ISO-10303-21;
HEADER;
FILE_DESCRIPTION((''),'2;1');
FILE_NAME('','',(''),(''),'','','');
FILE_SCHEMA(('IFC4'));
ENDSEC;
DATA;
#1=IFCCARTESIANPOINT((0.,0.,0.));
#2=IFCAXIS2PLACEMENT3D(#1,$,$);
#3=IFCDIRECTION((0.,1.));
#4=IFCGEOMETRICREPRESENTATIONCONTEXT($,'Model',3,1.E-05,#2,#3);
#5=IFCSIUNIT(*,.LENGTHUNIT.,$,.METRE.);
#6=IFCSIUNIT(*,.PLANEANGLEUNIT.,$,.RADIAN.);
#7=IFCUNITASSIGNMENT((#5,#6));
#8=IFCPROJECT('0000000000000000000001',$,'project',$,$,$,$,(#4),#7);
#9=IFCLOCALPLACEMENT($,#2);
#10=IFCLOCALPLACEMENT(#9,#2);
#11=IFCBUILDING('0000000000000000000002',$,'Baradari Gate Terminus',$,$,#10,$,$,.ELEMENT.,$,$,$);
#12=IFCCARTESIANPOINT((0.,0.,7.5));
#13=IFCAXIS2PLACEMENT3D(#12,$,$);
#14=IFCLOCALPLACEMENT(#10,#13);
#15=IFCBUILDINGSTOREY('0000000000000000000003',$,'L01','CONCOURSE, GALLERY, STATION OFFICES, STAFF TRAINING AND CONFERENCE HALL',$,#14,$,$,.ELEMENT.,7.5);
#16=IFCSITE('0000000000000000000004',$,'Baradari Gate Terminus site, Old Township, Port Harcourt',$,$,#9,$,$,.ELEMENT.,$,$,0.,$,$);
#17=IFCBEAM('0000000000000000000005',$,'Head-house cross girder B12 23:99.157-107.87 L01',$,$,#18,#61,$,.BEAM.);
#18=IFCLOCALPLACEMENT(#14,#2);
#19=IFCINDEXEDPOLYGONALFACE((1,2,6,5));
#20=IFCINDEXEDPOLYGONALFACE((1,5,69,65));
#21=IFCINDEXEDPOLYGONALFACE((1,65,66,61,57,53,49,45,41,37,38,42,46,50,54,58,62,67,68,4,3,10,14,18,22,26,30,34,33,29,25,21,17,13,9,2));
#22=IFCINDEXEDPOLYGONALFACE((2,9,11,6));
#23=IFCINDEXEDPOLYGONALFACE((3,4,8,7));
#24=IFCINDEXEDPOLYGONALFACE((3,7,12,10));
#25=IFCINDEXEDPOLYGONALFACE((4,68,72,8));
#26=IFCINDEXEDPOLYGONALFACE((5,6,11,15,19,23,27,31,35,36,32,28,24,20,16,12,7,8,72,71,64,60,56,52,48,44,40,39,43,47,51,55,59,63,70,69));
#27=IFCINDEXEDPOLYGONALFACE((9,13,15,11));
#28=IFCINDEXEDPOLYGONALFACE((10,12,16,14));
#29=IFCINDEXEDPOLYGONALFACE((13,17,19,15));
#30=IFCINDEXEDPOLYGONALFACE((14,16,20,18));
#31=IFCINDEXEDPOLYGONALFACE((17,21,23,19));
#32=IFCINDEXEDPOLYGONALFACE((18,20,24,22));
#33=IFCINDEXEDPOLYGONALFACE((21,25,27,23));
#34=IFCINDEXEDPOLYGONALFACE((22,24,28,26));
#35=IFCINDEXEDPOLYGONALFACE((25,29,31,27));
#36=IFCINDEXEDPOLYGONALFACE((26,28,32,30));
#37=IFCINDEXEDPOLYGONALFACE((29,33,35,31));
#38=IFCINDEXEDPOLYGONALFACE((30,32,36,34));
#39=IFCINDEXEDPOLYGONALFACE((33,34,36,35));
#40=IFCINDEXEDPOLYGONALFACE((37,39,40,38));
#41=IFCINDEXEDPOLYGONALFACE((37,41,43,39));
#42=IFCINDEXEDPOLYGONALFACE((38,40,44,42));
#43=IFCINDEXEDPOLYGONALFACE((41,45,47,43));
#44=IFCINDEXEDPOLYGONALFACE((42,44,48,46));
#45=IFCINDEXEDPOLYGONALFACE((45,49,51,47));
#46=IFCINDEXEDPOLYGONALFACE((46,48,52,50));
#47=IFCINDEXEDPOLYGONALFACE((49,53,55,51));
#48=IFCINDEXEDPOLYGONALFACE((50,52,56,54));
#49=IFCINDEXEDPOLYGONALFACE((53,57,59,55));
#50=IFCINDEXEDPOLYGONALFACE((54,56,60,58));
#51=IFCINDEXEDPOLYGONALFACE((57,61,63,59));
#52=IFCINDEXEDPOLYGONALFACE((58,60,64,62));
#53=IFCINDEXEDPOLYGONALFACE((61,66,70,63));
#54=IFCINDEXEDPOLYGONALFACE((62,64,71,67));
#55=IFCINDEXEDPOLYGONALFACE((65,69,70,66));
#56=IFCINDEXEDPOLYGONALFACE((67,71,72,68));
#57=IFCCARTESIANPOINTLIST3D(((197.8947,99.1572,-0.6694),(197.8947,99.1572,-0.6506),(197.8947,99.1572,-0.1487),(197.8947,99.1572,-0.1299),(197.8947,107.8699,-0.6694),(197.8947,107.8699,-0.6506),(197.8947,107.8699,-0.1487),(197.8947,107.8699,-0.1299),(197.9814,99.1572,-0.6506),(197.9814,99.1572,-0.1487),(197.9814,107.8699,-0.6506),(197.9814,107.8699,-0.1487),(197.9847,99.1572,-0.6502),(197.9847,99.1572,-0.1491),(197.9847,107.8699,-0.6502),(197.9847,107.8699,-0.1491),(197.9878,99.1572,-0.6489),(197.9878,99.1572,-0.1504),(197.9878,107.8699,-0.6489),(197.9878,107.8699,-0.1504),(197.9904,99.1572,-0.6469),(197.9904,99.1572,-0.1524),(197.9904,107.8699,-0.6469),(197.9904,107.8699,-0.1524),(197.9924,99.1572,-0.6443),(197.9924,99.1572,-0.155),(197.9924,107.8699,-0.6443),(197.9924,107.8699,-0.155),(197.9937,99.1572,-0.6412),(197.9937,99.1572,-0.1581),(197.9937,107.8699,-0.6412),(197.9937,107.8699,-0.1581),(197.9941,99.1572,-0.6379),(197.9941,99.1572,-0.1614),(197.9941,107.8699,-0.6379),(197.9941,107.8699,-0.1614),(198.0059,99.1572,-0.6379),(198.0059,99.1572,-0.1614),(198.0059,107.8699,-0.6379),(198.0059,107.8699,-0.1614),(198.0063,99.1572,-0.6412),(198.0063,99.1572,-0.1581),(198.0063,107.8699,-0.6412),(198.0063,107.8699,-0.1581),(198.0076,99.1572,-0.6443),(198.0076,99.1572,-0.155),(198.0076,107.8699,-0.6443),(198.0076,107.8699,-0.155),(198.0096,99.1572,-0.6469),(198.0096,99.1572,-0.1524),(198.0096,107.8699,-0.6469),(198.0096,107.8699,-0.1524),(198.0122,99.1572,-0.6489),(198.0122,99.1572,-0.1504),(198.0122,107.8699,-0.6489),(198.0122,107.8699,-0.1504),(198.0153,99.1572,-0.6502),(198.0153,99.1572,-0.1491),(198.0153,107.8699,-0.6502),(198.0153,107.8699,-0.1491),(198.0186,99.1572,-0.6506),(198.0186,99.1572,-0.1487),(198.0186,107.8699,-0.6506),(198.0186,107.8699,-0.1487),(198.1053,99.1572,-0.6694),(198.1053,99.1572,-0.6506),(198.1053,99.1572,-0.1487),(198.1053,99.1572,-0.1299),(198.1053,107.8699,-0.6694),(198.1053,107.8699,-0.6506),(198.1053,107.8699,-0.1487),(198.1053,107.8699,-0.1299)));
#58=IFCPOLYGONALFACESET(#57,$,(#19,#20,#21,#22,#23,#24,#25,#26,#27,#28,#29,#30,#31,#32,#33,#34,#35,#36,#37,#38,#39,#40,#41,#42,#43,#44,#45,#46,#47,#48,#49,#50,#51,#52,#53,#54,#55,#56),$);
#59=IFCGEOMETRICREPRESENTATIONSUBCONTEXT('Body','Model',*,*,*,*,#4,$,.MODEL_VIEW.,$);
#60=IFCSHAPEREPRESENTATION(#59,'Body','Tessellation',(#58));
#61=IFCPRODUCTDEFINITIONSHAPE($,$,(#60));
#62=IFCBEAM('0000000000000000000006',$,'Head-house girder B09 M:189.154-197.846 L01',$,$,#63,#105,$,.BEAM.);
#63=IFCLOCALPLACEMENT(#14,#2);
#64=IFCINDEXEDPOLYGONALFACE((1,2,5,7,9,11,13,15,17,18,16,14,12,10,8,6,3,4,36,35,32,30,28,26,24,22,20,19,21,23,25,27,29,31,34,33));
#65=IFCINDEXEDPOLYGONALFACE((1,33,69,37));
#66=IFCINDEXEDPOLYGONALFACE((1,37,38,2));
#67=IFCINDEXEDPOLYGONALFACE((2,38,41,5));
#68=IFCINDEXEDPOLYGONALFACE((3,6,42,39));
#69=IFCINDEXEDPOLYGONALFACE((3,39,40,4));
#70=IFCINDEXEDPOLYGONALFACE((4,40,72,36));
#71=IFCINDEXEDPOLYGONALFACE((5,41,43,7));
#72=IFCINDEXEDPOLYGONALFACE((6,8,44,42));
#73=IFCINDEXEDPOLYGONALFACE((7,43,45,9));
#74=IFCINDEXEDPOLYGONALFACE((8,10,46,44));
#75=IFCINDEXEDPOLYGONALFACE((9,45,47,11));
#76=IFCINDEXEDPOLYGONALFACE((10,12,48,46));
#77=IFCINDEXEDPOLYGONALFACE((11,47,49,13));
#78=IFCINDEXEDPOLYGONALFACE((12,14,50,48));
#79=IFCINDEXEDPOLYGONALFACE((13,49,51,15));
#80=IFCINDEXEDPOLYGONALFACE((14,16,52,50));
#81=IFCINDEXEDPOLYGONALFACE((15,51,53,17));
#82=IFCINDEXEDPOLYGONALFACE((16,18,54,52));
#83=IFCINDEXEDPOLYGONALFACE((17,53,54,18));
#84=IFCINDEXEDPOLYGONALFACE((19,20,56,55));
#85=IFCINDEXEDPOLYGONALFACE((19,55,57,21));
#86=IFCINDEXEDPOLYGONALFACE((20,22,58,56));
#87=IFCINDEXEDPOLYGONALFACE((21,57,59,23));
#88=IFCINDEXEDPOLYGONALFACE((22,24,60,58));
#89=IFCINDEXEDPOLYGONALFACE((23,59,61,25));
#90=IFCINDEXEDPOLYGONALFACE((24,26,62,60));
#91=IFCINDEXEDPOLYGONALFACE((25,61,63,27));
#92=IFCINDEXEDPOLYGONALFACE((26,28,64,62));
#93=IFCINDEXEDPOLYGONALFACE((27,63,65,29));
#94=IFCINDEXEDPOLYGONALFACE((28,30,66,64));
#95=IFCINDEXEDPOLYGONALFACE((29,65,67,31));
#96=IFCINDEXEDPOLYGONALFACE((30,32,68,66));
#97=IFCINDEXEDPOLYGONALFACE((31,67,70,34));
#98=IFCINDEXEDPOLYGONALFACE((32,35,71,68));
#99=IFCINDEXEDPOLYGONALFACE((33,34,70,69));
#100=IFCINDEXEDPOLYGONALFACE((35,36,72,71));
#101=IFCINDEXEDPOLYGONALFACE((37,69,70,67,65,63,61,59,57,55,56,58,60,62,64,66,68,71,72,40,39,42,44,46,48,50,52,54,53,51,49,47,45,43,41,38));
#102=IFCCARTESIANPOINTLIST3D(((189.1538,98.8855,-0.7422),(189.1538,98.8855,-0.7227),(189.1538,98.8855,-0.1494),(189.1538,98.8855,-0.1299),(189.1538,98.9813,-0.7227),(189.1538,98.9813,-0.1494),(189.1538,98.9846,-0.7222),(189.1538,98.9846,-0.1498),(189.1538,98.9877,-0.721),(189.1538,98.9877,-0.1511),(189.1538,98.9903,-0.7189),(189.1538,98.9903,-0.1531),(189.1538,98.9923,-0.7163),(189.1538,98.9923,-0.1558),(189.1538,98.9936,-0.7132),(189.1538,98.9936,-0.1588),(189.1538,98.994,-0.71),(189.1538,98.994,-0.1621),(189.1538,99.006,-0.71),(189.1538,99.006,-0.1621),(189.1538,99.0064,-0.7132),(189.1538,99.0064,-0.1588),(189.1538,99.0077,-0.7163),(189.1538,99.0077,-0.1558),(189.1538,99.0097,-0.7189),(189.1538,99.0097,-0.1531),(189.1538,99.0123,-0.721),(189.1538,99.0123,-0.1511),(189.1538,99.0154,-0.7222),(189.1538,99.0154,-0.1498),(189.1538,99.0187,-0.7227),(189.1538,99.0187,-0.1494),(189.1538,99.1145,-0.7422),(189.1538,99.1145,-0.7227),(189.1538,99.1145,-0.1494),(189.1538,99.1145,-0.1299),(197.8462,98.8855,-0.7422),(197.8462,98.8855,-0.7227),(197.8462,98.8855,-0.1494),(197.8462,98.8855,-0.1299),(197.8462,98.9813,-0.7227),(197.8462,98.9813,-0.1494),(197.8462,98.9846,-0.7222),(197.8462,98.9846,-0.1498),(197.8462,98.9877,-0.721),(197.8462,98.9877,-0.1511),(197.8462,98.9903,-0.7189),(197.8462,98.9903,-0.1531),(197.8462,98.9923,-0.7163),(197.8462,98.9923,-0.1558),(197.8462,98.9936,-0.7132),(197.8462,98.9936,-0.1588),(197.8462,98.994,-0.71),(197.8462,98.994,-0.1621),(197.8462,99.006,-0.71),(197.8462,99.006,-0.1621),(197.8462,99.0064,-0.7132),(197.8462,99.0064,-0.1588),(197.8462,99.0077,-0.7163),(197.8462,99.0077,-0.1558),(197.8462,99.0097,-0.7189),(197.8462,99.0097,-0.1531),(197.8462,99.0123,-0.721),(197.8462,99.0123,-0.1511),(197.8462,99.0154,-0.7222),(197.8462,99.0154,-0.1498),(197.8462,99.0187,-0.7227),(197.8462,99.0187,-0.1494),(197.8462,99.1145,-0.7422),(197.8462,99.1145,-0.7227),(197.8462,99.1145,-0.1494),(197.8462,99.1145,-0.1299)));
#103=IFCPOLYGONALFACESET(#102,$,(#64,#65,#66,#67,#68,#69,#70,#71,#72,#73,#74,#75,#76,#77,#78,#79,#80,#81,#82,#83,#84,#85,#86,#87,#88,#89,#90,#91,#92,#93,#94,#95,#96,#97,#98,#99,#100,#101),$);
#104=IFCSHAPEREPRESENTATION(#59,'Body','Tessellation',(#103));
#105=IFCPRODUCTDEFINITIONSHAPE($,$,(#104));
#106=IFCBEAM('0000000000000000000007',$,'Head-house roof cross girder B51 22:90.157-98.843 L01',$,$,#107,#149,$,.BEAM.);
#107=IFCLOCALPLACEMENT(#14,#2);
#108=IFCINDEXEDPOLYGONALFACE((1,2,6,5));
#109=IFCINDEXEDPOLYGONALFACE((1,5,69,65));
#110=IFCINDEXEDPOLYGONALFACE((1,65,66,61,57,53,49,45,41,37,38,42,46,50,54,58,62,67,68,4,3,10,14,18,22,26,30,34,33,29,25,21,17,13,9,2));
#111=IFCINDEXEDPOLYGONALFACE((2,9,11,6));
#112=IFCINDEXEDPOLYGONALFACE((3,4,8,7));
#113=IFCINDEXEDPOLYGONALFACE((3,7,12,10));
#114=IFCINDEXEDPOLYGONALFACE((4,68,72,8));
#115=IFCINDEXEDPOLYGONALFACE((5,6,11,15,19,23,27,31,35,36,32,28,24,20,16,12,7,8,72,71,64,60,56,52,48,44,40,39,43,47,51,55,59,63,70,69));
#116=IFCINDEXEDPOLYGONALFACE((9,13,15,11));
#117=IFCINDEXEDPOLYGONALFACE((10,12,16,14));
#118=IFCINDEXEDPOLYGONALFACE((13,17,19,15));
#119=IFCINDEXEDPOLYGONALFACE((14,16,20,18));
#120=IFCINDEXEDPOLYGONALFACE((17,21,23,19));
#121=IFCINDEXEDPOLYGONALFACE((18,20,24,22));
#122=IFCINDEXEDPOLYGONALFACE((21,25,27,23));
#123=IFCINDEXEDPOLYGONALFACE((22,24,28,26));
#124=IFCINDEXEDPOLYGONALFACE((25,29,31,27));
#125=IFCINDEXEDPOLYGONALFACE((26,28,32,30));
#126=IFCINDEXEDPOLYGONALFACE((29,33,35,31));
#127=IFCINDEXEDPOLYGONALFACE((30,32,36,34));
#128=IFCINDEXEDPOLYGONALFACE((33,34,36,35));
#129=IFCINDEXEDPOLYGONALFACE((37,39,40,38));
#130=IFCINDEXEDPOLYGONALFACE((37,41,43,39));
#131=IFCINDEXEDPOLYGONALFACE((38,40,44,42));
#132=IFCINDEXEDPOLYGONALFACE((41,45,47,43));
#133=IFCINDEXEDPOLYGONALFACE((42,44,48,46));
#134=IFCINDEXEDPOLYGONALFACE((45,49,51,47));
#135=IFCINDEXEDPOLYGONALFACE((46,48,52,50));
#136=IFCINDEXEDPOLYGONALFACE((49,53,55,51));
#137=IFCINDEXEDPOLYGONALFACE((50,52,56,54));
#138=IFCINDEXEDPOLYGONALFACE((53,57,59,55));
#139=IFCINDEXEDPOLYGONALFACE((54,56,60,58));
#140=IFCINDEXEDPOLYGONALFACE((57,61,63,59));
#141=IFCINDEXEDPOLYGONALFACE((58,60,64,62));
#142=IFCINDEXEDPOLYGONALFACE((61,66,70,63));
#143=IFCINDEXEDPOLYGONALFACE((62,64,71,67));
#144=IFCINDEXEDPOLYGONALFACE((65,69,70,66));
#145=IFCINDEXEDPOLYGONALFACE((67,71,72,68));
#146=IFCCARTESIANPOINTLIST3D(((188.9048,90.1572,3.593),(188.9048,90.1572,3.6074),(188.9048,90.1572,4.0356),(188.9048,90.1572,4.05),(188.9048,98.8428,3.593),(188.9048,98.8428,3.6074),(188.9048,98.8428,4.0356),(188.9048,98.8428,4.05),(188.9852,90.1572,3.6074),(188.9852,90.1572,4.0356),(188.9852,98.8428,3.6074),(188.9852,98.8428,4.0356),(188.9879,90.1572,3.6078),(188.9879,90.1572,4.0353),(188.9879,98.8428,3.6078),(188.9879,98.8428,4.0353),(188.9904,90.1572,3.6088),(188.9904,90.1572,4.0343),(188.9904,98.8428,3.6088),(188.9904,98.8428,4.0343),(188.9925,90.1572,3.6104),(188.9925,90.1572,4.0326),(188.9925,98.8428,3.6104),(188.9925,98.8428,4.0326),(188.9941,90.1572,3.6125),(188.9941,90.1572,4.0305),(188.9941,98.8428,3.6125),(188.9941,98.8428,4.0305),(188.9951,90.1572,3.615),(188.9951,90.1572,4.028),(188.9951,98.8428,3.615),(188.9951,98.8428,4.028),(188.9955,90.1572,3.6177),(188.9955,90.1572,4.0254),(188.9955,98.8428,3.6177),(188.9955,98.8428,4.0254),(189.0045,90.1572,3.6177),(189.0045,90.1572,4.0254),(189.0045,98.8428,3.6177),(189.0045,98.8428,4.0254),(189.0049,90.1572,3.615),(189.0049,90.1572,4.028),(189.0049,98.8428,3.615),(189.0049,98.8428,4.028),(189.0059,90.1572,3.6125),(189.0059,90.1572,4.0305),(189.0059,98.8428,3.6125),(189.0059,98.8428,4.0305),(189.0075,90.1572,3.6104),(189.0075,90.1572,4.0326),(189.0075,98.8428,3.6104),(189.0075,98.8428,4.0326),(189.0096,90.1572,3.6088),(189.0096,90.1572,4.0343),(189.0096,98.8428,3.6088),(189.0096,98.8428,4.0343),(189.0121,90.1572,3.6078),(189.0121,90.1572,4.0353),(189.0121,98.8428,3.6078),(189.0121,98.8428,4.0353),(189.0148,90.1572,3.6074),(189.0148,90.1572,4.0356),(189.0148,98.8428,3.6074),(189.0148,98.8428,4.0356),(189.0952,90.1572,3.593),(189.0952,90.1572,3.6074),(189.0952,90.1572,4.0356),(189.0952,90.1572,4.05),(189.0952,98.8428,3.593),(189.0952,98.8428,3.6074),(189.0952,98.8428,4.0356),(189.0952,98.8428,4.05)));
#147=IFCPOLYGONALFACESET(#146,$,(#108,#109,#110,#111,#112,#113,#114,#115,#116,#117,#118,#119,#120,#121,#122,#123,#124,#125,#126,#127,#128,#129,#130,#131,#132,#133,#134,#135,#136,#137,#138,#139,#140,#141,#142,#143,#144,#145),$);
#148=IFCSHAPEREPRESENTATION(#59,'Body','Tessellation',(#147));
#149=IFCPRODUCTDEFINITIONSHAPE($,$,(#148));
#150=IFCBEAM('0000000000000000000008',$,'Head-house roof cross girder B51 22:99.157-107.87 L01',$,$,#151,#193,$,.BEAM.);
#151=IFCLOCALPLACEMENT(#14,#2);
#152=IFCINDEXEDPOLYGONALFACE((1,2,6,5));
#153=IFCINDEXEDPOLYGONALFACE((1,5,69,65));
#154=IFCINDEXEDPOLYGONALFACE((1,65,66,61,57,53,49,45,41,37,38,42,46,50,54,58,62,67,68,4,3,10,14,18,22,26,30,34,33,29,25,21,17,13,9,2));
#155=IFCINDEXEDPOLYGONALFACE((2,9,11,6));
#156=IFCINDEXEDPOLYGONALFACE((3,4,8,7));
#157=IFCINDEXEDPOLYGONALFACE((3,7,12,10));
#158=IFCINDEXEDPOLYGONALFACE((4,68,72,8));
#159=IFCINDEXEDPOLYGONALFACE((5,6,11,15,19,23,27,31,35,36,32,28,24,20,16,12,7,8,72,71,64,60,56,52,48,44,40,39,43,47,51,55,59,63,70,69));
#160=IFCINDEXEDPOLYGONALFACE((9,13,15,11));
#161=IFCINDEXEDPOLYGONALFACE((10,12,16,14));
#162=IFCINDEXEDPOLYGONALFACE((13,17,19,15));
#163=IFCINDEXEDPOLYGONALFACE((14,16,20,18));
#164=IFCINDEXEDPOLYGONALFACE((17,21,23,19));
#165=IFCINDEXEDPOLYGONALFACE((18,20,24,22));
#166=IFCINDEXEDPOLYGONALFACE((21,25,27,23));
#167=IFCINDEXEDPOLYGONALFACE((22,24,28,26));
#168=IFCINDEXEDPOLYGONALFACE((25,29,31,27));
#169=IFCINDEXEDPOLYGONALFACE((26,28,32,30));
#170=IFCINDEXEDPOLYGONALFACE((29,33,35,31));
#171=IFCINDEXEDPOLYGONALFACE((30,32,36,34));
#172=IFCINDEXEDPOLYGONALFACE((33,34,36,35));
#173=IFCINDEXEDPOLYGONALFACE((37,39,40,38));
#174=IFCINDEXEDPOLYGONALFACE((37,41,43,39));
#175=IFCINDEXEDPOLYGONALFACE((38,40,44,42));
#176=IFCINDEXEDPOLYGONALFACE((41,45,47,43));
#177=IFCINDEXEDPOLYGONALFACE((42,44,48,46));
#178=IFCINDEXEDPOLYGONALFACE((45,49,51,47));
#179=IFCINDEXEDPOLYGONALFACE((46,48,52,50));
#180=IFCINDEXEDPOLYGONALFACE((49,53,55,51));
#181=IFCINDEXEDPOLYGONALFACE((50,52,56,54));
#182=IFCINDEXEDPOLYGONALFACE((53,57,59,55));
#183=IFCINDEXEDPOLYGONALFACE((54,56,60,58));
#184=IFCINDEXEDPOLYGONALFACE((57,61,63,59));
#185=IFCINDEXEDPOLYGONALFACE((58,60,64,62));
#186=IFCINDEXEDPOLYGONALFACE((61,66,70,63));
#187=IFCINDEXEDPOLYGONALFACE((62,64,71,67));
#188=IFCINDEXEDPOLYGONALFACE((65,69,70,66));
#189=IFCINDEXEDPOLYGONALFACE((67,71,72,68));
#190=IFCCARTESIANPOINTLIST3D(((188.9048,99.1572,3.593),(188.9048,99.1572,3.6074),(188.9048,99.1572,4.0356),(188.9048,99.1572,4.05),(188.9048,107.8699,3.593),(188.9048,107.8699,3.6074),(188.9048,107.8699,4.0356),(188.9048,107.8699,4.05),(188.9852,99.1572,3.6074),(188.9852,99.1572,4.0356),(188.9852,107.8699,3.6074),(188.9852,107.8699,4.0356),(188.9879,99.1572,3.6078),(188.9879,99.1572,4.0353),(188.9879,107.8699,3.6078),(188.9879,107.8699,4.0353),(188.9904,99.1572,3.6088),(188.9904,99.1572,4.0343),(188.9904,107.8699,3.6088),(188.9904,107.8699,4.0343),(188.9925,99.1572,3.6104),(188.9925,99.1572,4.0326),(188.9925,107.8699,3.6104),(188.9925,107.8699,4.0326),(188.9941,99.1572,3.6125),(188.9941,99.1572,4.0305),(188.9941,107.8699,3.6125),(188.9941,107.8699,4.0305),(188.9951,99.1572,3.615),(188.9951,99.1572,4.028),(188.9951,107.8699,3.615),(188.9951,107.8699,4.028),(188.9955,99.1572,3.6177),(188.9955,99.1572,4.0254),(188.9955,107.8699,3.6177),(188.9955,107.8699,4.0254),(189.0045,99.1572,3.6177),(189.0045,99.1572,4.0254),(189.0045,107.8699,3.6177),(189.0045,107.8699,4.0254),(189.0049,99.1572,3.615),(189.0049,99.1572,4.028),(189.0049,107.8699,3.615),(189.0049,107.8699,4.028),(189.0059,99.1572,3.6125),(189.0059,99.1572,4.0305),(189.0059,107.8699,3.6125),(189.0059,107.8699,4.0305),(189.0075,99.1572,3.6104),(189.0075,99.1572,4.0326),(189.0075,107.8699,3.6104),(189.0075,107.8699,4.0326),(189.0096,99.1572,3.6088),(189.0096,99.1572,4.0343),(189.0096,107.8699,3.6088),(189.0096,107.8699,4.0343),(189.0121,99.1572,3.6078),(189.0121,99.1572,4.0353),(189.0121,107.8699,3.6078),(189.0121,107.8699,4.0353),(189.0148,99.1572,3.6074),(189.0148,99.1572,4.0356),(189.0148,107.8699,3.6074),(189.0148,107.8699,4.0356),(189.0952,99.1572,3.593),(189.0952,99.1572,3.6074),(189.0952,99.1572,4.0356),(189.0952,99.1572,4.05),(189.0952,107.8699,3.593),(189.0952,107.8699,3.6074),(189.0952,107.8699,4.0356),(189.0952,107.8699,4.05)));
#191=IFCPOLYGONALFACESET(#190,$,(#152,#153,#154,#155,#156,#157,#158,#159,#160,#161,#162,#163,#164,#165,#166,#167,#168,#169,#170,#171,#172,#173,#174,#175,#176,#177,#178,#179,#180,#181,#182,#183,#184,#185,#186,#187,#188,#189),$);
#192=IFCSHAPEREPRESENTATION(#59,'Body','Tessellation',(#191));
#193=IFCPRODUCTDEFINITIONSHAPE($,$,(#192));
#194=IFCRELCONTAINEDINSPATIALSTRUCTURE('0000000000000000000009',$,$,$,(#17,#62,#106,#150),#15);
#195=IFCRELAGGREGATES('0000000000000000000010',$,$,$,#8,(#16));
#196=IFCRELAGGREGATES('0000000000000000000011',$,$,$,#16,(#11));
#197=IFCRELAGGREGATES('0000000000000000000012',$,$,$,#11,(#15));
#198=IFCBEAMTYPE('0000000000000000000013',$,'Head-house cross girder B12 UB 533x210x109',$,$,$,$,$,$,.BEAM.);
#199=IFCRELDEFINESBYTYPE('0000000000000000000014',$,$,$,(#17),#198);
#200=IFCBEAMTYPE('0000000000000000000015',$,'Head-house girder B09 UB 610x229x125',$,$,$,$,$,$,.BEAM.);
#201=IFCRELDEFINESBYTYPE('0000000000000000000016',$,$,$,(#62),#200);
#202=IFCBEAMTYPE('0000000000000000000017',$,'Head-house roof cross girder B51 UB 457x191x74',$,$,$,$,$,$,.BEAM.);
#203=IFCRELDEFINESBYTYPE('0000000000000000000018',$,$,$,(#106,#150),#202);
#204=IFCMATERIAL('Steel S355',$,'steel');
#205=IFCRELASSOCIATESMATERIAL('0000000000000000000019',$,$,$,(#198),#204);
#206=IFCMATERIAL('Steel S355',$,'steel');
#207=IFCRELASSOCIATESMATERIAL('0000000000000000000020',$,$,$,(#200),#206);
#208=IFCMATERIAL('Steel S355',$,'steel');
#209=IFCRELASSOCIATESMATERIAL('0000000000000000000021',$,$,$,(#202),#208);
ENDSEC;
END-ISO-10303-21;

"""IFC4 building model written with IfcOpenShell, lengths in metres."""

from ifc_helpers import new_model, si_unit, direction, frame, origin, origin_2d, place, context, subcontext, project, spatial, i_section, extrude, material, material_profile, profile_set, type_object, element, save


model = new_model("IFC4")

# Units and contexts
model_context = context("Model", 3, precision=1e-05, world=origin(), true_north=direction((0.0, 1.0)))
body_context = subcontext(model_context, "Body", "Model", "MODEL_VIEW")
ifc_project = project(units=[si_unit("LENGTHUNIT", "METRE"), si_unit("PLANEANGLEUNIT", "RADIAN")], contexts=[model_context])

# Site, building, storey
site_placement = place(None, origin())
site = spatial("IfcSite", under=ifc_project, at=site_placement, Name="Baradari Gate Terminus site, Old Township, Port Harcourt", CompositionType="ELEMENT", RefElevation=0.0)
building_placement = place(site_placement, origin())
building = spatial("IfcBuilding", under=site, at=building_placement, Name="Baradari Gate Terminus", CompositionType="ELEMENT")
storey_placement = place(building_placement, frame((0.0, 0.0, 7.5)))
storey = spatial("IfcBuildingStorey", under=building, at=storey_placement, Name="L01", Description="CONCOURSE, GALLERY, STATION OFFICES, STAFF TRAINING AND CONFERENCE HALL", CompositionType="ELEMENT", Elevation=7.5)

# Beams
ifc_material_1 = material(Name="Steel S355", Category="steel")
ifc_material_profile_1 = material_profile(ifc_material_1, i_section(OverallWidth=0.2107, OverallDepth=0.5396, WebThickness=0.0117, FlangeThickness=0.0188, FilletRadius=0.0127, at=origin_2d()), Name="UB 533x210x109")
ifc_profile_set_1 = profile_set([ifc_material_profile_1], Name="Steel S355")
beam_type_1 = type_object("IfcBeamType", Name="Head-house cross girder B12 UB 533x210x109", PredefinedType="BEAM", material=ifc_profile_set_1)
beam_1_placement = place(storey_placement, frame((198.0, 99.1572, -0.3997), z_axis=(0.0, 1.0, 0.0), x_axis=(-1.0, 0.0, 0.0)))
element("IfcBeam", 1, at=beam_1_placement, inside=storey, type_object=beam_type_1, Name="Head-house cross girder B12 23:99.157-107.87 L01", PredefinedType="BEAM", context=body_context, shape_type="SweptSolid", body=[
    extrude(i_section(OverallWidth=0.2107, OverallDepth=0.5396, WebThickness=0.0117, FlangeThickness=0.0188, FilletRadius=0.0127, at=origin_2d()), origin(), (0.0, 0.0, 1.0), 8.7126),
])
ifc_material_2 = material(Name="Steel S355", Category="steel")
ifc_material_profile_2 = material_profile(ifc_material_2, i_section(OverallWidth=0.229, OverallDepth=0.6123, WebThickness=0.012, FlangeThickness=0.0195, FilletRadius=0.0127, at=origin_2d()), Name="UB 610x229x125")
ifc_profile_set_2 = profile_set([ifc_material_profile_2], Name="Steel S355")
beam_type_2 = type_object("IfcBeamType", Name="Head-house girder B09 UB 610x229x125", PredefinedType="BEAM", material=ifc_profile_set_2)
beam_2_placement = place(storey_placement, frame((189.1538, 99.0, -0.436), z_axis=(1.0, 0.0, 0.0), x_axis=(0.0, 1.0, 0.0)))
element("IfcBeam", 2, at=beam_2_placement, inside=storey, type_object=beam_type_2, Name="Head-house girder B09 M:189.154-197.846 L01", PredefinedType="BEAM", context=body_context, shape_type="SweptSolid", body=[
    extrude(i_section(OverallWidth=0.229, OverallDepth=0.6123, WebThickness=0.012, FlangeThickness=0.0195, FilletRadius=0.0127, at=origin_2d()), origin(), (0.0, 0.0, 1.0), 8.6924),
])
ifc_material_3 = material(Name="Steel S355", Category="steel")
ifc_material_profile_3 = material_profile(ifc_material_3, i_section(OverallWidth=0.1904, OverallDepth=0.457, WebThickness=0.009, FlangeThickness=0.0144, FilletRadius=0.0103, at=origin_2d()), Name="UB 457x191x74")
ifc_profile_set_3 = profile_set([ifc_material_profile_3], Name="Steel S355")
beam_type_3 = type_object("IfcBeamType", Name="Head-house roof cross girder B51 UB 457x191x74", PredefinedType="BEAM", material=ifc_profile_set_3)
beam_3_placement = place(storey_placement, frame((189.0, 90.1572, 3.8215), z_axis=(0.0, 1.0, 0.0), x_axis=(-1.0, 0.0, 0.0)))
element("IfcBeam", 3, at=beam_3_placement, inside=storey, type_object=beam_type_3, Name="Head-house roof cross girder B51 22:90.157-98.843 L01", PredefinedType="BEAM", context=body_context, shape_type="SweptSolid", body=[
    extrude(i_section(OverallWidth=0.1904, OverallDepth=0.457, WebThickness=0.009, FlangeThickness=0.0144, FilletRadius=0.0103, at=origin_2d()), origin(), (0.0, 0.0, 1.0), 8.6855),
])
beam_4_placement = place(storey_placement, frame((189.0, 99.1572, 3.8215), z_axis=(0.0, 1.0, 0.0), x_axis=(-1.0, 0.0, 0.0)))
element("IfcBeam", 4, at=beam_4_placement, inside=storey, type_object=beam_type_3, Name="Head-house roof cross girder B51 22:99.157-107.87 L01", PredefinedType="BEAM", context=body_context, shape_type="SweptSolid", body=[
    extrude(i_section(OverallWidth=0.1904, OverallDepth=0.457, WebThickness=0.009, FlangeThickness=0.0144, FilletRadius=0.0103, at=origin_2d()), origin(), (0.0, 0.0, 1.0), 8.7126),
])

save(model, "model.ifc")
